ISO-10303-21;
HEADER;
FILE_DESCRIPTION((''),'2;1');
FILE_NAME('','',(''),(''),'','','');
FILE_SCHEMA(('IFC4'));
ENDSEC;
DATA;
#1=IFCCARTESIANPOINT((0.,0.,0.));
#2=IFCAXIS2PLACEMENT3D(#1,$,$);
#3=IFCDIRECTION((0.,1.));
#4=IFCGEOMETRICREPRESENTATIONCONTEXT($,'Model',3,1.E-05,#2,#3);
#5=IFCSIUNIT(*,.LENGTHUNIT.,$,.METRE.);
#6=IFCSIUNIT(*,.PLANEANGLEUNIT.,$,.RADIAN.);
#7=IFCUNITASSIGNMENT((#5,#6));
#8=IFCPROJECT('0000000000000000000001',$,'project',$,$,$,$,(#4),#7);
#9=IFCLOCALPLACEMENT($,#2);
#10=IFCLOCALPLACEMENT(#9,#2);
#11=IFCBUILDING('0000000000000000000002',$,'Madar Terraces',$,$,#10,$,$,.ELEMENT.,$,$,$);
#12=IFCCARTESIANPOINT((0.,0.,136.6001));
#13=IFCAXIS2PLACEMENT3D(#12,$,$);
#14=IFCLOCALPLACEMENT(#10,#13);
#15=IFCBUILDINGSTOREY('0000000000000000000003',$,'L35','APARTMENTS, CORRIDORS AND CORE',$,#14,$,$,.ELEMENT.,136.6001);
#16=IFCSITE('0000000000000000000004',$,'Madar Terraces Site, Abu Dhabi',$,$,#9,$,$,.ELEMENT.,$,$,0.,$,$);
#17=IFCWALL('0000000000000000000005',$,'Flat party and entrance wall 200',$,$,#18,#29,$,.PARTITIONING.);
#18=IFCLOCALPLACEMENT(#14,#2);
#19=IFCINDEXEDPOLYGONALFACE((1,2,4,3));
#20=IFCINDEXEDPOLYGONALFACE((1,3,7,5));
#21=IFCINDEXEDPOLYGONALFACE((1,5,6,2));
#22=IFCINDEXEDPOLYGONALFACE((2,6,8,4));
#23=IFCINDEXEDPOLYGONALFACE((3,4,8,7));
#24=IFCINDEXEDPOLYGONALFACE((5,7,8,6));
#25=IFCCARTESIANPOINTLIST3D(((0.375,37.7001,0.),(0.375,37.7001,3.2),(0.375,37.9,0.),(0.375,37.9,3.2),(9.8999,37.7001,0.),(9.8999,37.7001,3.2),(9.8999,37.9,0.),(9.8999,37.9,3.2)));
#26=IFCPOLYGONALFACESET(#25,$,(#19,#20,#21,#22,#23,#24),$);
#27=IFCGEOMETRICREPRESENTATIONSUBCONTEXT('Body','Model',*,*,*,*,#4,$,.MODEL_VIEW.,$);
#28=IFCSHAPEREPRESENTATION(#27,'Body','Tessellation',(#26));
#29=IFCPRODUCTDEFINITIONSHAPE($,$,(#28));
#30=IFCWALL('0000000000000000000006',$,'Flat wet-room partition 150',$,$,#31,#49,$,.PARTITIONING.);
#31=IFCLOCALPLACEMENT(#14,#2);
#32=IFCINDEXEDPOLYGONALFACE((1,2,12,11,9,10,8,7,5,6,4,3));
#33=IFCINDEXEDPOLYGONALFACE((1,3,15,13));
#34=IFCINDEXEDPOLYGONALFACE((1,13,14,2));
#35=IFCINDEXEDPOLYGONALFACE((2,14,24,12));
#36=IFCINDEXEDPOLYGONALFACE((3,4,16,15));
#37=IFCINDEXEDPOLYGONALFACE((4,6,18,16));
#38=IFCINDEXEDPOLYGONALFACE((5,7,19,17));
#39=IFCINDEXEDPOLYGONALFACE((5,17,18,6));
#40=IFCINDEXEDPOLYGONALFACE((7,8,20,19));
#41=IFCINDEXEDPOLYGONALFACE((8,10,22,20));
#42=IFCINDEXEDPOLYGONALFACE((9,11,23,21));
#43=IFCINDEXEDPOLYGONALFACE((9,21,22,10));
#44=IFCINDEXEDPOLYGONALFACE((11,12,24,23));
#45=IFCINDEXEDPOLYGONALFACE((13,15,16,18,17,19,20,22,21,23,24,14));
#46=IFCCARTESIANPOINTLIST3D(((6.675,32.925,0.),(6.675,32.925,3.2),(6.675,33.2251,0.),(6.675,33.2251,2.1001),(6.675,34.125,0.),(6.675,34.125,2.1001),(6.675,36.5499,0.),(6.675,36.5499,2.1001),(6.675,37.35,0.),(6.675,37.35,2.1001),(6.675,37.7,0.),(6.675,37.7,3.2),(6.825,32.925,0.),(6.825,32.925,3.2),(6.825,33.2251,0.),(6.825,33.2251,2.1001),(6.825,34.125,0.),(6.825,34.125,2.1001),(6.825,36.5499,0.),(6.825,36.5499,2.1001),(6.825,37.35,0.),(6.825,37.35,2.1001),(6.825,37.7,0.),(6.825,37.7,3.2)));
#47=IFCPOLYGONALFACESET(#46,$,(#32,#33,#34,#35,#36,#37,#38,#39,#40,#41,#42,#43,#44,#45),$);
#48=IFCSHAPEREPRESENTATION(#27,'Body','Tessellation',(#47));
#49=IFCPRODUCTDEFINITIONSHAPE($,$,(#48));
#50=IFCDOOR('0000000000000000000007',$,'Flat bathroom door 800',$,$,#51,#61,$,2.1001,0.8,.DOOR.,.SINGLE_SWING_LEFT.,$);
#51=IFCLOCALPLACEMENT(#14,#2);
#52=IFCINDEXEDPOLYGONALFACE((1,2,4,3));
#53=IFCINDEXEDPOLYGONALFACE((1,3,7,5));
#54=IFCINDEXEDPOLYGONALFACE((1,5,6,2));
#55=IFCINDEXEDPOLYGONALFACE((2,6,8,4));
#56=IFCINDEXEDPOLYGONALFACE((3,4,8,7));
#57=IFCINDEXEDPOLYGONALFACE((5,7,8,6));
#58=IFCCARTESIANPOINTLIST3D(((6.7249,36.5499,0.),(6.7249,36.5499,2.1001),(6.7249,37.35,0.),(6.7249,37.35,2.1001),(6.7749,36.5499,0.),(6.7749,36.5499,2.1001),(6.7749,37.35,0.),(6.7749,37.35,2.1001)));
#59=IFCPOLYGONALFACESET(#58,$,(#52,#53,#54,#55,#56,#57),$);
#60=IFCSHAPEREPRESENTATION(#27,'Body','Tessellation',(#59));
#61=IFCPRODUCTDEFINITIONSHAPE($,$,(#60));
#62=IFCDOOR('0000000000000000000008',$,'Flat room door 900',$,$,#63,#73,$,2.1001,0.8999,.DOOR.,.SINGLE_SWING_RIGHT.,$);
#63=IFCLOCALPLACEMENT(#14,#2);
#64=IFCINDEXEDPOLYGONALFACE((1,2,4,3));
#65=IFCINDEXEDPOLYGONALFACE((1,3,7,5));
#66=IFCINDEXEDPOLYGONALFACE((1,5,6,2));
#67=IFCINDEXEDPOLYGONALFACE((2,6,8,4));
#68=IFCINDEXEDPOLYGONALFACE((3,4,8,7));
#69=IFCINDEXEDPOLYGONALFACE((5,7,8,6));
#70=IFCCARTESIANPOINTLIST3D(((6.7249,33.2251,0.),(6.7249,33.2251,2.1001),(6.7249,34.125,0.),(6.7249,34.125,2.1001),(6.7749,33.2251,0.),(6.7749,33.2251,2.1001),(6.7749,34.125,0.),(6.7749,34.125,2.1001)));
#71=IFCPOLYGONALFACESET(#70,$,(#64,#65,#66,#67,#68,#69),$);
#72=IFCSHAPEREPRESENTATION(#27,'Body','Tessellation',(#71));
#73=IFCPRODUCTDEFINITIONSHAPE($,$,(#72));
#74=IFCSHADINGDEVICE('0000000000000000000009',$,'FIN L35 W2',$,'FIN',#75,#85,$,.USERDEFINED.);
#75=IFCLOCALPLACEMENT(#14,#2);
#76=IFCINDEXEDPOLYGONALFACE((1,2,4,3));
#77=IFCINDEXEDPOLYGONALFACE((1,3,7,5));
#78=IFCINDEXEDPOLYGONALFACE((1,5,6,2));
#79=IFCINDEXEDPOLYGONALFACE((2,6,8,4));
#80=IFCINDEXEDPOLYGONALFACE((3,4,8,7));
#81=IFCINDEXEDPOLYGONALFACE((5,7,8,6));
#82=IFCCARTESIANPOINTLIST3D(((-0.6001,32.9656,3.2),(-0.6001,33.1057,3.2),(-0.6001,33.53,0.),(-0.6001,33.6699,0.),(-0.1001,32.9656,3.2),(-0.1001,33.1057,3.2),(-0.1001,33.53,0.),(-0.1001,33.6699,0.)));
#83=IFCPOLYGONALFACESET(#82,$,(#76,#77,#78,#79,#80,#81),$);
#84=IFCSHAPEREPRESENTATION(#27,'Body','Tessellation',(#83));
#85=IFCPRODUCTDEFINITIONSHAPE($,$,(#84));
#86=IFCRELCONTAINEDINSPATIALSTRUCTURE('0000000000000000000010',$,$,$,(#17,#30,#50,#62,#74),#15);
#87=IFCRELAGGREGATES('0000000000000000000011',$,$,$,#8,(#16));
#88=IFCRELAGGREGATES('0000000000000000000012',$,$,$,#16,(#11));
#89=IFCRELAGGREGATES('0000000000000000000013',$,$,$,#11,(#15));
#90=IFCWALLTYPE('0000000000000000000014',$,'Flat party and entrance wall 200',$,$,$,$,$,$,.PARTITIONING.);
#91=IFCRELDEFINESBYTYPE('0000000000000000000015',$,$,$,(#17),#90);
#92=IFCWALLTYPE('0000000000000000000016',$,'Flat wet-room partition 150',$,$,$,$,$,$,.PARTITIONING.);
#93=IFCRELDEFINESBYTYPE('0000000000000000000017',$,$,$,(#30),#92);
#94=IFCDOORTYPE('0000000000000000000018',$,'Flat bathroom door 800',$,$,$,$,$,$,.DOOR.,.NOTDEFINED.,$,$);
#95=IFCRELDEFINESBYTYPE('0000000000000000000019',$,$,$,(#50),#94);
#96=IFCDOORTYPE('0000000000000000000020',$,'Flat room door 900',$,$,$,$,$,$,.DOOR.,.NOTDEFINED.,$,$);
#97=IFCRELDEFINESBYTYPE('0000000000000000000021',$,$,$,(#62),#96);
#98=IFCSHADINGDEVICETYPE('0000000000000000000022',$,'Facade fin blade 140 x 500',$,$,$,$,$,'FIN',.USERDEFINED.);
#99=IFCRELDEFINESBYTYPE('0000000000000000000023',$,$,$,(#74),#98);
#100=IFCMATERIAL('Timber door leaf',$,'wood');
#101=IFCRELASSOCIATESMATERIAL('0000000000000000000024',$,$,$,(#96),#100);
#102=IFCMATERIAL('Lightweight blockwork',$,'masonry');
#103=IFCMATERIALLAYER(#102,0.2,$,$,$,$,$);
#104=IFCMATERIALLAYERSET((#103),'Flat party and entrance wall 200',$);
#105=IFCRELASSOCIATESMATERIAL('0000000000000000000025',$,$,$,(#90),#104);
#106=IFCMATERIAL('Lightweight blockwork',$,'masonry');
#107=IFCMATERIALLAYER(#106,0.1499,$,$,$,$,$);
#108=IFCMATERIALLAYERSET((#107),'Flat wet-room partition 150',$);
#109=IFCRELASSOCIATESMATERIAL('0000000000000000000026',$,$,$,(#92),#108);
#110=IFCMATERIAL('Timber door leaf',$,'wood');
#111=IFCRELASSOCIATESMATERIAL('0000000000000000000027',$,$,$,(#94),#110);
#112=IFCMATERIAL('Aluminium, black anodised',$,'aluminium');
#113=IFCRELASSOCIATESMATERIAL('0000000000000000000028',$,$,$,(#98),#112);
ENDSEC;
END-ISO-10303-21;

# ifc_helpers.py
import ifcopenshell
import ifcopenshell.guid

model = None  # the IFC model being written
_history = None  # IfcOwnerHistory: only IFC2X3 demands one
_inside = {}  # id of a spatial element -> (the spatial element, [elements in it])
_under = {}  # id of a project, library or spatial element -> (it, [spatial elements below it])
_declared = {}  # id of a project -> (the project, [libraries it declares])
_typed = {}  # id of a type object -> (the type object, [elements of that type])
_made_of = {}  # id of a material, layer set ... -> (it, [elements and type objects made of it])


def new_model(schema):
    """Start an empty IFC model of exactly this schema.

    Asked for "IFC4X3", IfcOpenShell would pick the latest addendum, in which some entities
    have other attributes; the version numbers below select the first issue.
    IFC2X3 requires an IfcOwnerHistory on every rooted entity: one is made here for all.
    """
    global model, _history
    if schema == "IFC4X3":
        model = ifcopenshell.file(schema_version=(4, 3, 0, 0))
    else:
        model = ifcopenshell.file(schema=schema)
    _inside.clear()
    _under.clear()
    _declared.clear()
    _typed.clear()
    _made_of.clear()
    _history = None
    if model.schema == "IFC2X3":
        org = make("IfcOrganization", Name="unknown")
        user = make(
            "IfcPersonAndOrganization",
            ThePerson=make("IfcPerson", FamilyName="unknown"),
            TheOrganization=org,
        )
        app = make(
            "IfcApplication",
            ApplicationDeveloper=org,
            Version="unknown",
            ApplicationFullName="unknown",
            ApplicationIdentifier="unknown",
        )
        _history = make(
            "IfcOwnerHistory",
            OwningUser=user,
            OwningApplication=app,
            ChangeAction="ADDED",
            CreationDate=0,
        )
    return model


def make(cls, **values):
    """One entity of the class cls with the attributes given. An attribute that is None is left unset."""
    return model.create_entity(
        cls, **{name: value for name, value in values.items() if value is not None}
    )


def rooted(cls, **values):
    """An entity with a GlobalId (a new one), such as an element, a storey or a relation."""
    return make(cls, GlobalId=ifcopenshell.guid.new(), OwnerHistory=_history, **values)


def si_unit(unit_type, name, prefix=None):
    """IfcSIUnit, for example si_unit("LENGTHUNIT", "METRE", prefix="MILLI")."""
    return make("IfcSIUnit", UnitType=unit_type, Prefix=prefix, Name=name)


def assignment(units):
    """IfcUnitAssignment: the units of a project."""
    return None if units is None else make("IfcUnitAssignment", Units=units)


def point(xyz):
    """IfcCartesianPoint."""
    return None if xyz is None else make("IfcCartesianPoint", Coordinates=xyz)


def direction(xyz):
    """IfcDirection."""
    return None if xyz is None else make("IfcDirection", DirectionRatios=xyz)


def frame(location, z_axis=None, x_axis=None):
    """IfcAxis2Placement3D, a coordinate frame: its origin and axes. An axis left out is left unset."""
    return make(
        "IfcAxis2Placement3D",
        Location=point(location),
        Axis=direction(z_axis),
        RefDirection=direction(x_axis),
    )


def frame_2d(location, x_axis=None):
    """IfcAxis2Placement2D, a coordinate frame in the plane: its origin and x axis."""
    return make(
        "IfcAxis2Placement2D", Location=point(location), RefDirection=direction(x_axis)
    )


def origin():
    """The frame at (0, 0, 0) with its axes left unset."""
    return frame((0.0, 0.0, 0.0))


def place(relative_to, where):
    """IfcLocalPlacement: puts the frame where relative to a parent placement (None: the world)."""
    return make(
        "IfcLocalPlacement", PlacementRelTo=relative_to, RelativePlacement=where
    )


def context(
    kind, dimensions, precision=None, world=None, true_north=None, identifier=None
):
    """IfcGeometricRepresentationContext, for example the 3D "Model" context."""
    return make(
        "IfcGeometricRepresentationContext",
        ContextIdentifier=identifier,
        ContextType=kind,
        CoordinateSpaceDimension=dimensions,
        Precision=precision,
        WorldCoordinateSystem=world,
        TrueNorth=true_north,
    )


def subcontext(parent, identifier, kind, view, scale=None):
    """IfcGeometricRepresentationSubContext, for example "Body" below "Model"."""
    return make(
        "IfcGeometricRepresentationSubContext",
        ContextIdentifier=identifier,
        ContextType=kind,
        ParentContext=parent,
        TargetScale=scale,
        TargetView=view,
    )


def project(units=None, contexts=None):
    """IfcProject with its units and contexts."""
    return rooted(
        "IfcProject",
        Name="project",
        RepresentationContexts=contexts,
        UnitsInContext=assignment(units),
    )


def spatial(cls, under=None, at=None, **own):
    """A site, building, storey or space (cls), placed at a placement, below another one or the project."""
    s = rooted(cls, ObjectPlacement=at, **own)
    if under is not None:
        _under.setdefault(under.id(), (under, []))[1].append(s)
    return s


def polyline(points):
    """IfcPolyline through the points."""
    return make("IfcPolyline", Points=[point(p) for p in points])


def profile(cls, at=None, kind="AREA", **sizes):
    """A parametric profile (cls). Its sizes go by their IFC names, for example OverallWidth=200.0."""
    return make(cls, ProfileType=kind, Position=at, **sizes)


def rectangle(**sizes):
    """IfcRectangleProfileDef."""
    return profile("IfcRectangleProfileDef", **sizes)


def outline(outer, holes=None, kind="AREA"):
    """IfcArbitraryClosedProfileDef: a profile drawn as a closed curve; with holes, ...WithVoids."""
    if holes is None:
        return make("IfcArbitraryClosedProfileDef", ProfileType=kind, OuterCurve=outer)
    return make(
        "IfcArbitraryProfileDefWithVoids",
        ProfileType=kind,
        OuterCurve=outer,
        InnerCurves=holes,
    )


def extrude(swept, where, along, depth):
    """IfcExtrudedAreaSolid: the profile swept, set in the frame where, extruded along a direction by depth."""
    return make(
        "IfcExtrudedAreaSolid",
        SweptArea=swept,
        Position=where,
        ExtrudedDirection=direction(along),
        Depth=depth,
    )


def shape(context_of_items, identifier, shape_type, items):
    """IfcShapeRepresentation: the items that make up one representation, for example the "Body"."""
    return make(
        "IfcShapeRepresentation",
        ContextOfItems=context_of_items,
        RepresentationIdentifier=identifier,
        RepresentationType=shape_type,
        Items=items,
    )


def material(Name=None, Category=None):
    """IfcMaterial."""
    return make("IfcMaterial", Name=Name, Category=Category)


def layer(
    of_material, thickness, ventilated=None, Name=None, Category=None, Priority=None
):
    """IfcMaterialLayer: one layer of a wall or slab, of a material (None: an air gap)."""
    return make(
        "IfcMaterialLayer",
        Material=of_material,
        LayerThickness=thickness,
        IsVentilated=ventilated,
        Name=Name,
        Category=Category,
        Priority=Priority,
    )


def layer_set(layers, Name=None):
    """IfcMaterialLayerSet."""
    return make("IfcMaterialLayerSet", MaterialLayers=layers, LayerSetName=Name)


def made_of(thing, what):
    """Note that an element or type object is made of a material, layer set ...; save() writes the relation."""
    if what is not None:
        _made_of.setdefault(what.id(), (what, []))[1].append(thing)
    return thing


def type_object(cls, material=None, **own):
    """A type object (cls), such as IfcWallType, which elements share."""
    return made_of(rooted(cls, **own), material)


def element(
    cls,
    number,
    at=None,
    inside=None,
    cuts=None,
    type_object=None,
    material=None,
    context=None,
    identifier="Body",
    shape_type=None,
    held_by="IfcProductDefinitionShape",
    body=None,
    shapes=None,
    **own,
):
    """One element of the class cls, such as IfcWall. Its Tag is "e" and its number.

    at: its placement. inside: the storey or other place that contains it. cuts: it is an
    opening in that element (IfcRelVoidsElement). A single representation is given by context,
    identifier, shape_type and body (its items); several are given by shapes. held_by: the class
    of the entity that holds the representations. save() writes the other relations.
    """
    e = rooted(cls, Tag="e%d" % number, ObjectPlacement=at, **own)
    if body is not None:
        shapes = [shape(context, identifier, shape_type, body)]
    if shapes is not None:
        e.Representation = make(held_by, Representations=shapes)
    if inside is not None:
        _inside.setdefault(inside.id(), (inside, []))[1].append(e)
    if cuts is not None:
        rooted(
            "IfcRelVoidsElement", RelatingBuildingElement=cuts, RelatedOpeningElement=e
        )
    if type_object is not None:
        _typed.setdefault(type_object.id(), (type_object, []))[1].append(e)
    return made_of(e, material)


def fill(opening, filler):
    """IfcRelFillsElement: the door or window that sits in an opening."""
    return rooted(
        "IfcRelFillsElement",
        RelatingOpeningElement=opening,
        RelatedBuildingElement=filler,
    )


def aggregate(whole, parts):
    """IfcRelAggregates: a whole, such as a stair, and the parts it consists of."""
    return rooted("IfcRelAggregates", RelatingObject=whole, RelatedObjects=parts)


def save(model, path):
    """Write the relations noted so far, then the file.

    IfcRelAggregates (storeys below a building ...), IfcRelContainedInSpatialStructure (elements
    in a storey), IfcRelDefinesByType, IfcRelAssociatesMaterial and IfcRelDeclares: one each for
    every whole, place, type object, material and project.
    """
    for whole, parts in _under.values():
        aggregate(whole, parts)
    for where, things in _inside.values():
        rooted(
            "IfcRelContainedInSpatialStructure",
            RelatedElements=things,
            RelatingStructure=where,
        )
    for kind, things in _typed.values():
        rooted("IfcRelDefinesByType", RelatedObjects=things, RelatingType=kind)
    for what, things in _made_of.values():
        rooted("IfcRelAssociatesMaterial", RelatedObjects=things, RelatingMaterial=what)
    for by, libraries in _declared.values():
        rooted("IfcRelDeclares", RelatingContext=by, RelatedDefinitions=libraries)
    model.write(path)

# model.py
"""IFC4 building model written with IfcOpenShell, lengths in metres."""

from ifc_helpers import new_model, si_unit, direction, frame, frame_2d, origin, place, context, subcontext, project, spatial, polyline, rectangle, outline, extrude, material, layer, layer_set, type_object, element, fill, save


model = new_model("IFC4")

# Units and contexts
model_context = context("Model", 3, precision=1e-05, world=origin(), true_north=direction((0.0, 1.0)))
body_context = subcontext(model_context, "Body", "Model", "MODEL_VIEW")
ifc_project = project(units=[si_unit("LENGTHUNIT", "METRE"), si_unit("PLANEANGLEUNIT", "RADIAN")], contexts=[model_context])

# Site, building, storey
site_placement = place(None, origin())
site = spatial("IfcSite", under=ifc_project, at=site_placement, Name="Madar Terraces Site, Abu Dhabi", CompositionType="ELEMENT", RefElevation=0.0)
building_placement = place(site_placement, origin())
building = spatial("IfcBuilding", under=site, at=building_placement, Name="Madar Terraces", CompositionType="ELEMENT")
storey_placement = place(building_placement, frame((0.0, 0.0, 136.6001)))
storey = spatial("IfcBuildingStorey", under=building, at=storey_placement, Name="L35", Description="APARTMENTS, CORRIDORS AND CORE", CompositionType="ELEMENT", Elevation=136.6001)

# Shared definitions
ifc_material_1 = material(Name="Timber door leaf", Category="wood")
door_type_1 = type_object("IfcDoorType", Name="Flat room door 900", OperationType="NOTDEFINED", PredefinedType="DOOR", material=ifc_material_1)

# Wall
ifc_material_2 = material(Name="Lightweight blockwork", Category="masonry")
ifc_layer_1 = layer(ifc_material_2, 0.2)
ifc_layer_set_1 = layer_set([ifc_layer_1], Name="Flat party and entrance wall 200")
wall_type_1 = type_object("IfcWallType", Name="Flat party and entrance wall 200", PredefinedType="PARTITIONING", material=ifc_layer_set_1)
wall_1_placement = place(storey_placement, frame((0.375, 37.8, 0.0), z_axis=(0.0, 0.0, 1.0), x_axis=(1.0, 0.0, 0.0)))
element("IfcWall", 1, at=wall_1_placement, inside=storey, type_object=wall_type_1, Name="Flat party and entrance wall 200", PredefinedType="PARTITIONING", context=body_context, shape_type="SweptSolid", body=[
    extrude(rectangle(XDim=9.5249, YDim=0.2, at=frame_2d((4.7625, 0.0))), origin(), (0.0, 0.0, 1.0), 3.2),
])

# Wall, openings, doors
ifc_material_3 = material(Name="Lightweight blockwork", Category="masonry")
ifc_layer_2 = layer(ifc_material_3, 0.1499)
ifc_layer_set_2 = layer_set([ifc_layer_2], Name="Flat wet-room partition 150")
wall_type_2 = type_object("IfcWallType", Name="Flat wet-room partition 150", PredefinedType="PARTITIONING", material=ifc_layer_set_2)
wall_2_placement = place(storey_placement, frame((6.75, 37.7, 0.0), z_axis=(0.0, 0.0, 1.0), x_axis=(0.0, -1.0, 0.0)))
wall_2 = element("IfcWall", 2, at=wall_2_placement, inside=storey, type_object=wall_type_2, Name="Flat wet-room partition 150", PredefinedType="PARTITIONING", context=body_context, shape_type="SweptSolid", body=[
    extrude(rectangle(XDim=4.7749, YDim=0.1499, at=frame_2d((2.3875, 0.0))), origin(), (0.0, 0.0, 1.0), 3.2),
])
opening_1_placement = place(wall_2_placement, frame((3.575, 0.0, 0.0)))
opening_1 = element("IfcOpeningElement", 3, at=opening_1_placement, cuts=wall_2, PredefinedType="OPENING", context=body_context, shape_type="SweptSolid", body=[
    extrude(rectangle(XDim=0.8999, YDim=2.1001, at=frame_2d((0.45, 1.05))), frame((0.0, 0.085, 0.0), z_axis=(0.0, -1.0, 0.0), x_axis=(1.0, 0.0, 0.0)), (0.0, 0.0, 1.0), 0.1699),
])
opening_2_placement = place(wall_2_placement, frame((0.3501, 0.0, 0.0)))
opening_2 = element("IfcOpeningElement", 4, at=opening_2_placement, cuts=wall_2, PredefinedType="OPENING", context=body_context, shape_type="SweptSolid", body=[
    extrude(rectangle(XDim=0.8, YDim=2.1001, at=frame_2d((0.3999, 1.05))), frame((0.0, 0.085, 0.0), z_axis=(0.0, -1.0, 0.0), x_axis=(1.0, 0.0, 0.0)), (0.0, 0.0, 1.0), 0.1699),
])
ifc_material_4 = material(Name="Timber door leaf", Category="wood")
door_type_2 = type_object("IfcDoorType", Name="Flat bathroom door 800", OperationType="NOTDEFINED", PredefinedType="DOOR", material=ifc_material_4)
door_1_placement = place(opening_2_placement, origin())
door_1 = element("IfcDoor", 5, at=door_1_placement, inside=storey, type_object=door_type_2, Name="Flat bathroom door 800", OperationType="SINGLE_SWING_LEFT", OverallHeight=2.1001, OverallWidth=0.8, PredefinedType="DOOR", context=body_context, shape_type="SweptSolid", body=[
    extrude(rectangle(XDim=0.8, YDim=2.1001, at=frame_2d((0.3999, 1.05))), frame((0.0, 0.0249, 0.0), z_axis=(0.0, -1.0, 0.0), x_axis=(1.0, 0.0, 0.0)), (0.0, 0.0, 1.0), 0.05),
])
fill(opening_2, door_1)
door_2_placement = place(opening_1_placement, origin())
door_2 = element("IfcDoor", 6, at=door_2_placement, inside=storey, type_object=door_type_1, Name="Flat room door 900", OperationType="SINGLE_SWING_RIGHT", OverallHeight=2.1001, OverallWidth=0.8999, PredefinedType="DOOR", context=body_context, shape_type="SweptSolid", body=[
    extrude(rectangle(XDim=0.8999, YDim=2.1001, at=frame_2d((0.45, 1.05))), frame((0.0, 0.0249, 0.0), z_axis=(0.0, -1.0, 0.0), x_axis=(1.0, 0.0, 0.0)), (0.0, 0.0, 1.0), 0.05),
])
fill(opening_1, door_2)

# Shading device
ifc_material_5 = material(Name="Aluminium, black anodised", Category="aluminium")
shading_device_type = type_object("IfcShadingDeviceType", Name="Facade fin blade 140 x 500", ElementType="FIN", PredefinedType="USERDEFINED", material=ifc_material_5)
shading_device_placement = place(storey_placement, frame((-0.3501, 33.6699, 0.0), z_axis=(0.0, 0.0, 1.0), x_axis=(0.0, -1.0, 0.0)))
element("IfcShadingDevice", 7, at=shading_device_placement, inside=storey, type_object=shading_device_type, Name="FIN L35 W2", ObjectType="FIN", PredefinedType="USERDEFINED", context=body_context, shape_type="SweptSolid", body=[
    extrude(outline(polyline([(0.0, 0.0), (0.1399, 0.0), (0.7043, 3.2), (0.5642, 3.2), (0.0, 0.0)])), frame((0.0, 0.25, 0.0), z_axis=(0.0, -1.0, 0.0), x_axis=(1.0, 0.0, 0.0)), (0.0, 0.0, 1.0), 0.5),
])

save(model, "model.ifc")
